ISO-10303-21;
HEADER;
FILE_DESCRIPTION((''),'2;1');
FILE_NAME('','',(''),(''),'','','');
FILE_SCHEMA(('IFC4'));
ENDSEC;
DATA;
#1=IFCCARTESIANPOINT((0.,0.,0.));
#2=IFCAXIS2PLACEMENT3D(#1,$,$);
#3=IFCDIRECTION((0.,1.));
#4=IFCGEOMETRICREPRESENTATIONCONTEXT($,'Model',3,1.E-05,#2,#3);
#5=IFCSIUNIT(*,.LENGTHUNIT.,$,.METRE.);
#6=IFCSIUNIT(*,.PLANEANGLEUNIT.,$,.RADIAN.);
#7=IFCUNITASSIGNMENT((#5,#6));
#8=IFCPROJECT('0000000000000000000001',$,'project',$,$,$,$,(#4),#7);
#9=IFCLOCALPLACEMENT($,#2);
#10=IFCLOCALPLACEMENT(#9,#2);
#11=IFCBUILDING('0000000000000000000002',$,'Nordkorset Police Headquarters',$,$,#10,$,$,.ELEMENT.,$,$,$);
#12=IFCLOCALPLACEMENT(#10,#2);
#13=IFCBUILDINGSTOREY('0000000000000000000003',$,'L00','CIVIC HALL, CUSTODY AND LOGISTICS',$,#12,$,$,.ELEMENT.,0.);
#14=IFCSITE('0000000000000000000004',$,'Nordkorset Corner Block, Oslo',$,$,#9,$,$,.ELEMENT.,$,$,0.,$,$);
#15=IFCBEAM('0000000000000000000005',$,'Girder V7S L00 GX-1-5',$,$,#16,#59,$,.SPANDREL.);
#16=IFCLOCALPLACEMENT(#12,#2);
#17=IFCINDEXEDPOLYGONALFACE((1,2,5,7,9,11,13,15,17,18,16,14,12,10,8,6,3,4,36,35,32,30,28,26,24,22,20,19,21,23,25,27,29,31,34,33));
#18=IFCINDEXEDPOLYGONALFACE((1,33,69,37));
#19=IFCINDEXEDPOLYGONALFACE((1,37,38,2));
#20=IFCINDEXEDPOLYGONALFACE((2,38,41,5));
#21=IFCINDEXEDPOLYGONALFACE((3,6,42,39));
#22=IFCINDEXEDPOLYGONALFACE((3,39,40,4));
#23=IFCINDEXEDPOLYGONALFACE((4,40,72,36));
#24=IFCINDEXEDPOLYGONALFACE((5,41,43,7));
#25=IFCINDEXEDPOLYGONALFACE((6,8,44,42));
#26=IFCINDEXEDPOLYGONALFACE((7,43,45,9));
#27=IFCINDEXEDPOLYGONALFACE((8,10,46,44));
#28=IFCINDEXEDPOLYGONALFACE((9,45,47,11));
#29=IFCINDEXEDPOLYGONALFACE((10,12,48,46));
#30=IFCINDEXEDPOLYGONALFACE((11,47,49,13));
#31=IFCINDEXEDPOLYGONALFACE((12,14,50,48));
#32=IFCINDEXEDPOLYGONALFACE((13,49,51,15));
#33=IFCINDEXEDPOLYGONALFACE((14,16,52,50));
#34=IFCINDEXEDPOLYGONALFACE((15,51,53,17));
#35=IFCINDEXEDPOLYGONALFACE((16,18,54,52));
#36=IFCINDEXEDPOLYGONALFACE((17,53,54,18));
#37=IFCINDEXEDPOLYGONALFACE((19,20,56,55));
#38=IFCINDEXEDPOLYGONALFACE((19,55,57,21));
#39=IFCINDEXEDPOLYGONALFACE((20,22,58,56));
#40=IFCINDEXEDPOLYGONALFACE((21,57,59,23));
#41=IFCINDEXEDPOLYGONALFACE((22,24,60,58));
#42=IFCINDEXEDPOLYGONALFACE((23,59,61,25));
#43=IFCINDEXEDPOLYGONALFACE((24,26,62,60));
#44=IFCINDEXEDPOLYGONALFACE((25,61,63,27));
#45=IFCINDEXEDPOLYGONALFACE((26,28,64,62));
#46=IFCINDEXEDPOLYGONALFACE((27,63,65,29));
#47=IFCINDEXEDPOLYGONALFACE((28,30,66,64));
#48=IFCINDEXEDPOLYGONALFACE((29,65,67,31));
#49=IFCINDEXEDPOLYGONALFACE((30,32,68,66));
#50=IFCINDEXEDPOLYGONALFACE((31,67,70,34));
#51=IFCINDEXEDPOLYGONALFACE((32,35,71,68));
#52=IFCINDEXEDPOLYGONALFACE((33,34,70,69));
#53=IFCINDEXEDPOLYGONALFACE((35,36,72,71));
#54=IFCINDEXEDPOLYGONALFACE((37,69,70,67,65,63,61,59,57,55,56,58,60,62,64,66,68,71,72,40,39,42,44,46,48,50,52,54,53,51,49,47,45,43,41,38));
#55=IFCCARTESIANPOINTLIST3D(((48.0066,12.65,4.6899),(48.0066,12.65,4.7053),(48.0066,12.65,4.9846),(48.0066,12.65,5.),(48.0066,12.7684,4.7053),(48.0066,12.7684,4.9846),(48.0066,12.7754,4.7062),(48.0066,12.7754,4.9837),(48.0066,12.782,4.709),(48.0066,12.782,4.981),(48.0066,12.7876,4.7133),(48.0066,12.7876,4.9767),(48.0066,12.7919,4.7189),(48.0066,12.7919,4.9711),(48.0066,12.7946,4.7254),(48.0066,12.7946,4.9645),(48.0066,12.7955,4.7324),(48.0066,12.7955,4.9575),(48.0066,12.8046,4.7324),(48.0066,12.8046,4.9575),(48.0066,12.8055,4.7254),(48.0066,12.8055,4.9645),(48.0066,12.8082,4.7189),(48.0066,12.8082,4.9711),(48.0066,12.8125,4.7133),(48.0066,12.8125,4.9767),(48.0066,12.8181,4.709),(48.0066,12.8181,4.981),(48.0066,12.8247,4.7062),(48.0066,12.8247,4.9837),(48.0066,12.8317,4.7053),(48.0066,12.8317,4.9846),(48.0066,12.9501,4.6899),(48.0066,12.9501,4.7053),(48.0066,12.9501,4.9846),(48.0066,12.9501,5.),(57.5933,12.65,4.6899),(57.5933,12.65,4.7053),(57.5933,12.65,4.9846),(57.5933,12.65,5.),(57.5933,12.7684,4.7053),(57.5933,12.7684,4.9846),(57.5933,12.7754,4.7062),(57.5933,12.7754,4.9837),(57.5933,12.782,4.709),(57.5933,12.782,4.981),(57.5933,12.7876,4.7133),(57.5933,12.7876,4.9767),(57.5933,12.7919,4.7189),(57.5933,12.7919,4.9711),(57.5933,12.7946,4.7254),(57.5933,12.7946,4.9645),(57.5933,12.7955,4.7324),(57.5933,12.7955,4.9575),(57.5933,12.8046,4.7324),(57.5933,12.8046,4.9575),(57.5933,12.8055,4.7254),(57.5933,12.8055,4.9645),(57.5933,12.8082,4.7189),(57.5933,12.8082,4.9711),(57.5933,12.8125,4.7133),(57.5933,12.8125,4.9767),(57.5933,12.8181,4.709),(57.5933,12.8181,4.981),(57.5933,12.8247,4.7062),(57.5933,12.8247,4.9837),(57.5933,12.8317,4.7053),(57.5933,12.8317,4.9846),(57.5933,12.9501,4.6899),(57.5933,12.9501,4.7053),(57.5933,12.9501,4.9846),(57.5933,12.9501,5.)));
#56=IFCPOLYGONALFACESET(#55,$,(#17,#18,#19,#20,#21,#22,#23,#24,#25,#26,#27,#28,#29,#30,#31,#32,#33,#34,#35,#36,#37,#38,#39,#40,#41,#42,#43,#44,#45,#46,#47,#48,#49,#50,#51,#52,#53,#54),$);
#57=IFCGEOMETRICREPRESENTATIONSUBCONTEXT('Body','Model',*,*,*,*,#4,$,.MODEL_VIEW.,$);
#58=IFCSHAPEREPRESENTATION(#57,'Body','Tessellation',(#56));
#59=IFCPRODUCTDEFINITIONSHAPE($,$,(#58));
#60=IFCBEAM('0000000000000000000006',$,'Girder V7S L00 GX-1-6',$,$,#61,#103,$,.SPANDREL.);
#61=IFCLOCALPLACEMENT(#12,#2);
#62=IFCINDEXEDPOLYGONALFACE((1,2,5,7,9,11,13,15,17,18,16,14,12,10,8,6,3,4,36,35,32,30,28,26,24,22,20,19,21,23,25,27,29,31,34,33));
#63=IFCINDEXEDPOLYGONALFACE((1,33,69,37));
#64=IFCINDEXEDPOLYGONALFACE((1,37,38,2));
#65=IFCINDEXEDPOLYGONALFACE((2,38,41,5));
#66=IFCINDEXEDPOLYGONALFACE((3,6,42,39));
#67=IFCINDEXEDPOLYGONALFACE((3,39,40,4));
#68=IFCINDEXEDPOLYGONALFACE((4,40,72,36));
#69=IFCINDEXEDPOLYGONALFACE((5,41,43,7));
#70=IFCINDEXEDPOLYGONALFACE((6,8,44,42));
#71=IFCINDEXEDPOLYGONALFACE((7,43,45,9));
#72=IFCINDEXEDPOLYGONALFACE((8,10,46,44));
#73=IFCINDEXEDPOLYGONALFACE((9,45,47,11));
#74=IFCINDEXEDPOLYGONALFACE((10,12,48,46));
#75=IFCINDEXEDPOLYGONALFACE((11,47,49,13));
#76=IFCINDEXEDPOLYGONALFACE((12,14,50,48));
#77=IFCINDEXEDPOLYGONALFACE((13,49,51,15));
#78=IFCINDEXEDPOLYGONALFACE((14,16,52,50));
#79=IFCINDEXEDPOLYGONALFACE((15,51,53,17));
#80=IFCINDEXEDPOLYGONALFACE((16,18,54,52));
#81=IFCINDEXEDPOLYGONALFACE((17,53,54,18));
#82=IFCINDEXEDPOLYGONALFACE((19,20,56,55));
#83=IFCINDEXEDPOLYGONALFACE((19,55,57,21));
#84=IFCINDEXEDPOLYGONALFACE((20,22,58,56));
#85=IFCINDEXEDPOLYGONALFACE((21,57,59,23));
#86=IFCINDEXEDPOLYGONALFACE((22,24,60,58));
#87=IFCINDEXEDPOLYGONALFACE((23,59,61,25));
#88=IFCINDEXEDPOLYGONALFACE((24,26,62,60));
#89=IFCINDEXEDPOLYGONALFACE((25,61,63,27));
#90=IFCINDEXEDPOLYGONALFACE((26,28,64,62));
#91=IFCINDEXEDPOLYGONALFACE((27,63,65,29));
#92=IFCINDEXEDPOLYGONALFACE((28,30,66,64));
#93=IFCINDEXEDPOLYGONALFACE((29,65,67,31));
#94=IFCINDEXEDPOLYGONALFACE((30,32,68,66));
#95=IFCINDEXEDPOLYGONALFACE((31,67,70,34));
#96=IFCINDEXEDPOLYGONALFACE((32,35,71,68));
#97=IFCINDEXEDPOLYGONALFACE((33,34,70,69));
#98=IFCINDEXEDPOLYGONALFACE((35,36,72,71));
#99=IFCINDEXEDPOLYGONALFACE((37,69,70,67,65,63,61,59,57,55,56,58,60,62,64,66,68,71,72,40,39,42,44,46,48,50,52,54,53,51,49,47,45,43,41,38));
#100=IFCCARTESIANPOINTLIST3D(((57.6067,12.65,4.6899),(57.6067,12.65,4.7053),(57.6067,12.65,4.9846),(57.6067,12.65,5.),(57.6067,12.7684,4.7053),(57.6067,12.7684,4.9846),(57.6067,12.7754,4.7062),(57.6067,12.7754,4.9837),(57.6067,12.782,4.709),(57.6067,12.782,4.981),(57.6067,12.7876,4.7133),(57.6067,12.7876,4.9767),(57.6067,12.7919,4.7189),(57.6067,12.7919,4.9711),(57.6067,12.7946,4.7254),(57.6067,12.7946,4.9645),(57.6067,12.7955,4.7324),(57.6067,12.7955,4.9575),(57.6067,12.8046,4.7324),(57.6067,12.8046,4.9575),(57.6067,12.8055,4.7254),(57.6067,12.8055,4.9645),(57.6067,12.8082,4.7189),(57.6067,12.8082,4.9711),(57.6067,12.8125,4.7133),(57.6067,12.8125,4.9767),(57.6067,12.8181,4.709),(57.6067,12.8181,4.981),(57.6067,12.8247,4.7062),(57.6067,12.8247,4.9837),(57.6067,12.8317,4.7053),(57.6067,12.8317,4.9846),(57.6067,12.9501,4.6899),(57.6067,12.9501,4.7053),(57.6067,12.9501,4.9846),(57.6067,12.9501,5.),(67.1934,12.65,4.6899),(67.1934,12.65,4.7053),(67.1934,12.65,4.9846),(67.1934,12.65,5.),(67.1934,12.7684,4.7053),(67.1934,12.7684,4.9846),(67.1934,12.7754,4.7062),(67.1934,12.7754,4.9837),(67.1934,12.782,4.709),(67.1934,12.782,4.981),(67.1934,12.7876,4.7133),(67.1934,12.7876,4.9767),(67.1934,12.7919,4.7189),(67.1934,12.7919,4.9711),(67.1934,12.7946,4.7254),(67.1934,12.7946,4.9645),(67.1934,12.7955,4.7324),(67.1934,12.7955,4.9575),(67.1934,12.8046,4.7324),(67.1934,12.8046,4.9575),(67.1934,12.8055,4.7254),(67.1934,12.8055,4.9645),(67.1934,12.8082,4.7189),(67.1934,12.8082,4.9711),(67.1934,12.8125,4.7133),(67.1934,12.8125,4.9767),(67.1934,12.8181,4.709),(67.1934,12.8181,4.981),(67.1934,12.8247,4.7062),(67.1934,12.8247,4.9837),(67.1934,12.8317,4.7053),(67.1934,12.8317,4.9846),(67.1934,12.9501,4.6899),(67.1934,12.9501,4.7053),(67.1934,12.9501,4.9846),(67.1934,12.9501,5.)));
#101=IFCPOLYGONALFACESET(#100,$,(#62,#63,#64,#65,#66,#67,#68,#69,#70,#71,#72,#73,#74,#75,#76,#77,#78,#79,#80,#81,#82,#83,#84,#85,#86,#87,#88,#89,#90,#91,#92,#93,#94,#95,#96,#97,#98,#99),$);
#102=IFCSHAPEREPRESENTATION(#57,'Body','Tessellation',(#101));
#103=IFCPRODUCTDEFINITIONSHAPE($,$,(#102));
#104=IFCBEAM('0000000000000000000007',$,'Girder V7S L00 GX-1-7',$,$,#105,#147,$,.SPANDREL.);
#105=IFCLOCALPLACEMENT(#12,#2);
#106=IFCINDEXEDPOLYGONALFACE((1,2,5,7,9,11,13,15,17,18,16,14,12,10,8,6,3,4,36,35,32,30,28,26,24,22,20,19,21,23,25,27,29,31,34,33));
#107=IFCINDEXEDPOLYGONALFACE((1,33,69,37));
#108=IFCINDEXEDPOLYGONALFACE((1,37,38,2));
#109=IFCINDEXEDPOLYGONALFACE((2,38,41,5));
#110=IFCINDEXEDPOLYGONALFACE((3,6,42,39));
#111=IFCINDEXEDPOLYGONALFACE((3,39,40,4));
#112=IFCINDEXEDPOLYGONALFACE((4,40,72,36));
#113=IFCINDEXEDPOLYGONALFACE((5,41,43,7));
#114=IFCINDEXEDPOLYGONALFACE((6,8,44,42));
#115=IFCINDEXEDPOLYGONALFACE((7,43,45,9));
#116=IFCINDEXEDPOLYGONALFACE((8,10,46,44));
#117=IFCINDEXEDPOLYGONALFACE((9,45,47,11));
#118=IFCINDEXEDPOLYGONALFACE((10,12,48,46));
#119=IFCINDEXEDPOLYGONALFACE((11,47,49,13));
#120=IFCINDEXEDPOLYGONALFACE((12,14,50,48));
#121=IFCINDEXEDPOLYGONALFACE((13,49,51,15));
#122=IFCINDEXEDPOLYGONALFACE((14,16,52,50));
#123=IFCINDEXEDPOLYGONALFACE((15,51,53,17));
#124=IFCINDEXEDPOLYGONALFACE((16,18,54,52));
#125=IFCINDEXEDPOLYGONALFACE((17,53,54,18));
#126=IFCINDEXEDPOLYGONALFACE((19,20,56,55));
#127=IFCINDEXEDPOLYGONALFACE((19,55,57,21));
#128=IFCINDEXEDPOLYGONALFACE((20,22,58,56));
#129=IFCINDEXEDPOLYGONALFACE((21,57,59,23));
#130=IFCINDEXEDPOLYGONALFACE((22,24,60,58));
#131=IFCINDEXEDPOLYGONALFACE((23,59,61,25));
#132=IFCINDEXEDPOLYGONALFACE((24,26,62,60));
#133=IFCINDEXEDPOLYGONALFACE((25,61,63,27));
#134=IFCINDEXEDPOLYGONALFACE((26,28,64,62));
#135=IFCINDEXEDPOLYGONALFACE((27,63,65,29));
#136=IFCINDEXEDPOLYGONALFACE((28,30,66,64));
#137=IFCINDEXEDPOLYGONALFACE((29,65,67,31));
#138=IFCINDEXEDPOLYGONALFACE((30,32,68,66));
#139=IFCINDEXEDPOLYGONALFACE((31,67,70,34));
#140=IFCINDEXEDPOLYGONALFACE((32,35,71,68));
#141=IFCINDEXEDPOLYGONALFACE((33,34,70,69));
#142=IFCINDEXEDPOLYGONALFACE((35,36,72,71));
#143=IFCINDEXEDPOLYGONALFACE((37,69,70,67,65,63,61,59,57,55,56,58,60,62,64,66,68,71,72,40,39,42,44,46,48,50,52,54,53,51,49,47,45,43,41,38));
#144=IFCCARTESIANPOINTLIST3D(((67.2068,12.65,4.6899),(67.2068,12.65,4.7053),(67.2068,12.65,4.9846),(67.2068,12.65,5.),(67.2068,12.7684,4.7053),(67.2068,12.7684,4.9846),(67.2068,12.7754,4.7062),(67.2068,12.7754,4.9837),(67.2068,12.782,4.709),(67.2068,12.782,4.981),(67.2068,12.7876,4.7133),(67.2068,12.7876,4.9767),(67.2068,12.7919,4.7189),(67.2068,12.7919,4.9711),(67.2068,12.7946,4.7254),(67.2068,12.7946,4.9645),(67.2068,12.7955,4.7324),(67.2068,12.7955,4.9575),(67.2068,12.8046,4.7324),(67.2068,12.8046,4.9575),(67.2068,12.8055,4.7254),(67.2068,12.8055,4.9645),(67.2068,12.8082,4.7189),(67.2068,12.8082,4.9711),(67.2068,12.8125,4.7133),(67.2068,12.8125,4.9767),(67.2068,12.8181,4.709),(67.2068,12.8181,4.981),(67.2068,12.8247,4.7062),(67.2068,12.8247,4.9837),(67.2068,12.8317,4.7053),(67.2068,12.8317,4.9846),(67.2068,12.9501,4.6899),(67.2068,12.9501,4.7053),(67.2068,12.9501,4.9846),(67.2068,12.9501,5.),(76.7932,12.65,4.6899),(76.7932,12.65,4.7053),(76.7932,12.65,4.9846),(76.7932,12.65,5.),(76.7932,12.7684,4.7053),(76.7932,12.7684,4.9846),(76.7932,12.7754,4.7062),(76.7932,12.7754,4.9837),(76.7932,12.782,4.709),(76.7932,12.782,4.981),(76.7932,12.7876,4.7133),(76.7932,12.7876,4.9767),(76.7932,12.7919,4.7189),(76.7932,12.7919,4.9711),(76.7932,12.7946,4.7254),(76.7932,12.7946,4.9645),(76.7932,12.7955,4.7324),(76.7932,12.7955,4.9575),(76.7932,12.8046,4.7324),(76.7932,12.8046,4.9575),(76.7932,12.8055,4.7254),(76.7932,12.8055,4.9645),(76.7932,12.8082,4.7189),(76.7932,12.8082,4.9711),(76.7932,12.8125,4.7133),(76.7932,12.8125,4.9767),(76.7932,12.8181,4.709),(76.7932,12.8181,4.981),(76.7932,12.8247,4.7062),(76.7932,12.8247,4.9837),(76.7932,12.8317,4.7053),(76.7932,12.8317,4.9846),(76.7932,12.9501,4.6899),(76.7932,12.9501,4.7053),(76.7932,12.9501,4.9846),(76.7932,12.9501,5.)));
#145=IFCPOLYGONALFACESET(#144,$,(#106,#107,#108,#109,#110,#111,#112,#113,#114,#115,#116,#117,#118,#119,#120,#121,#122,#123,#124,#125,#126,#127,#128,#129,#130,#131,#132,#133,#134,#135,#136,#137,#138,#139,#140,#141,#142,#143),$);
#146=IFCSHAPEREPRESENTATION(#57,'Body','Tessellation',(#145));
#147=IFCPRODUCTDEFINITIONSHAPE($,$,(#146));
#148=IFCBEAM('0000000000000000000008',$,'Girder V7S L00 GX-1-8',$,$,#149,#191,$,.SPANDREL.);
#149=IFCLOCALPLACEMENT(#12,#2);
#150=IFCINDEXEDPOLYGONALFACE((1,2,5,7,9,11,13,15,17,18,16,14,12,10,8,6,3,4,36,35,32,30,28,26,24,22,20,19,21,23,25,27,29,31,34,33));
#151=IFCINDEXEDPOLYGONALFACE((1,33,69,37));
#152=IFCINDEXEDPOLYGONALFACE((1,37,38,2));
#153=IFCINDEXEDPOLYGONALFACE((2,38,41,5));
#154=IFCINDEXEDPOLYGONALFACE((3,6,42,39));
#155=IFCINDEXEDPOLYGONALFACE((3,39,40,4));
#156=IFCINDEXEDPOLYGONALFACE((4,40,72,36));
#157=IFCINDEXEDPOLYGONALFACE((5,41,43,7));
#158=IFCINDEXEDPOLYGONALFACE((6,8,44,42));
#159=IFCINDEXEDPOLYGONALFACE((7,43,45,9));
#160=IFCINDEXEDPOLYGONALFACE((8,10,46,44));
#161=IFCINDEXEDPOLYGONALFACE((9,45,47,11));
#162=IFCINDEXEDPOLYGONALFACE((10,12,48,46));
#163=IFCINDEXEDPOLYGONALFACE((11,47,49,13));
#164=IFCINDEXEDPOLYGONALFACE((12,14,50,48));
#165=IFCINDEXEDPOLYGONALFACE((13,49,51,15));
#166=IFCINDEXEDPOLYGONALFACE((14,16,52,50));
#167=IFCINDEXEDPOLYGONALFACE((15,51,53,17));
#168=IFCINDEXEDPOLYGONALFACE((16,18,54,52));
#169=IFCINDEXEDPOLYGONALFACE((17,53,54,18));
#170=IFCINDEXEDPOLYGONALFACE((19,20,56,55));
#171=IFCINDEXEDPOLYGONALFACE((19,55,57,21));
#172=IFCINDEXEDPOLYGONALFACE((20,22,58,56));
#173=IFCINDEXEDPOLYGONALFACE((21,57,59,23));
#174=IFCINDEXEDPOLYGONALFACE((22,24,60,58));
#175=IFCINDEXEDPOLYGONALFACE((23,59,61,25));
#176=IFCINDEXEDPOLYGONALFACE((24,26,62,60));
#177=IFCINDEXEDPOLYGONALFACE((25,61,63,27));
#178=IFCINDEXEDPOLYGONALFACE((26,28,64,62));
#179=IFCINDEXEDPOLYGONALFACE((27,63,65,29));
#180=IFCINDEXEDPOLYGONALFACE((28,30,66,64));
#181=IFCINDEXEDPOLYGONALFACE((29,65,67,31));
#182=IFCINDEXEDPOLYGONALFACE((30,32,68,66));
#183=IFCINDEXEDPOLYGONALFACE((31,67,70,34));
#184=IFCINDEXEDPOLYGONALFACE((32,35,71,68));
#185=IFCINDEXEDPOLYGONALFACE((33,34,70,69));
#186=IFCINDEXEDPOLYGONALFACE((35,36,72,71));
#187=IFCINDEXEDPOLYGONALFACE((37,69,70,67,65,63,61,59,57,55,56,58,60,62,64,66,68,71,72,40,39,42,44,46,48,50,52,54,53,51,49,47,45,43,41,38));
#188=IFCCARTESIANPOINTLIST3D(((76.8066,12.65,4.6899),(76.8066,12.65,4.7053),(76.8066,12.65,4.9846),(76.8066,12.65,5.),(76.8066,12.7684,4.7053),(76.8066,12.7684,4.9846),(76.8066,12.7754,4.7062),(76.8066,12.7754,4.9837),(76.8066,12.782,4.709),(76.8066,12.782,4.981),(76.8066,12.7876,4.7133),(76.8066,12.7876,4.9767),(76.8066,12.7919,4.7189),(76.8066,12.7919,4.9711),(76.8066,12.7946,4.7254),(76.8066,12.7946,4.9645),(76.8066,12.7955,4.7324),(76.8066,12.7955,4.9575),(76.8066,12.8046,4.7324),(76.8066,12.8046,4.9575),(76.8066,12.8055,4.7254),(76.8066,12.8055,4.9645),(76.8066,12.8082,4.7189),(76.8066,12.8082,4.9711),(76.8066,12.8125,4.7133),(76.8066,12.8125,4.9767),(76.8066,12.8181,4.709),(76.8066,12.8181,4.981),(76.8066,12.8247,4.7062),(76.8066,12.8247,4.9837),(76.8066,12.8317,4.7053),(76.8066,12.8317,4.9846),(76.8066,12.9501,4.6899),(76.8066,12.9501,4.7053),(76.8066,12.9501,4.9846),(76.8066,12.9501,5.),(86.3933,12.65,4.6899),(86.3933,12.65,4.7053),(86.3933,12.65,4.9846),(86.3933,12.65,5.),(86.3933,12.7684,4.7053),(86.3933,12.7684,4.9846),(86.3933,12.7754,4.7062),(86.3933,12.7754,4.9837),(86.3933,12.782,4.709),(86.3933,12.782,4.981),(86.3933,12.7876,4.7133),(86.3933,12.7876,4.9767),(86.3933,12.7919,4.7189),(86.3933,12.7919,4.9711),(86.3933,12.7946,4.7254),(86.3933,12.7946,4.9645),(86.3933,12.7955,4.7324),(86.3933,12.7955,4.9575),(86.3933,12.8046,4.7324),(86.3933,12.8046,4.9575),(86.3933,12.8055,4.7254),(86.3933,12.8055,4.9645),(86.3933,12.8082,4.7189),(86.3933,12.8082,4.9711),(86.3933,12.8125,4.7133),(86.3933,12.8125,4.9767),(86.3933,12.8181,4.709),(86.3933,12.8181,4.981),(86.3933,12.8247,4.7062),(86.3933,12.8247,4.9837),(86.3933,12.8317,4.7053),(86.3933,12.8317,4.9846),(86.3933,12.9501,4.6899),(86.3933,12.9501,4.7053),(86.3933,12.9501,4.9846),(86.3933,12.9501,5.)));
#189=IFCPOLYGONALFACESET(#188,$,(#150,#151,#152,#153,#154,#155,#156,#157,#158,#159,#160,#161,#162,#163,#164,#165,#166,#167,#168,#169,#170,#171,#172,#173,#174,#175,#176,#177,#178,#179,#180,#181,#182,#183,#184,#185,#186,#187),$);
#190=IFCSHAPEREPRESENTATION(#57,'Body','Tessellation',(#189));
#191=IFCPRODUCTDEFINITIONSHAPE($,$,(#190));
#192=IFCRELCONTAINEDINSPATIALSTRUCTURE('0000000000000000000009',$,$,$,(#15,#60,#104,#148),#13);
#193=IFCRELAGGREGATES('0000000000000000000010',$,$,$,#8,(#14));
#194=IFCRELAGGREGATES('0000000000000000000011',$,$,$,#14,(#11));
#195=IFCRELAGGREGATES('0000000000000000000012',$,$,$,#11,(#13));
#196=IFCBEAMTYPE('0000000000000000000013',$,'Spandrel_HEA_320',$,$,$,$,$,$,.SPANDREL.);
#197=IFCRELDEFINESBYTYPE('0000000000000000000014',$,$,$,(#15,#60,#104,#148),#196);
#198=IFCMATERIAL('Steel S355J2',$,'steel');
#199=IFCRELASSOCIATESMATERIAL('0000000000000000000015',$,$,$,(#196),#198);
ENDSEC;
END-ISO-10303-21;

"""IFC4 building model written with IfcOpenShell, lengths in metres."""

from ifc_helpers import new_model, si_unit, direction, frame, origin, origin_2d, place, context, subcontext, project, spatial, i_section, extrude, material, material_profile, profile_set, type_object, element, save


model = new_model("IFC4")

# Units and contexts
model_context = context("Model", 3, precision=1e-05, world=origin(), true_north=direction((0.0, 1.0)))
body_context = subcontext(model_context, "Body", "Model", "MODEL_VIEW")
ifc_project = project(units=[si_unit("LENGTHUNIT", "METRE"), si_unit("PLANEANGLEUNIT", "RADIAN")], contexts=[model_context])

# Site, building, storey
site_placement = place(None, origin())
site = spatial("IfcSite", under=ifc_project, at=site_placement, Name="Nordkorset Corner Block, Oslo", CompositionType="ELEMENT", RefElevation=0.0)
building_placement = place(site_placement, origin())
building = spatial("IfcBuilding", under=site, at=building_placement, Name="Nordkorset Police Headquarters", CompositionType="ELEMENT")
storey_placement = place(building_placement, origin())
storey = spatial("IfcBuildingStorey", under=building, at=storey_placement, Name="L00", Description="CIVIC HALL, CUSTODY AND LOGISTICS", CompositionType="ELEMENT", Elevation=0.0)

# Beams
ifc_material_1 = material(Name="Steel S355J2", Category="steel")
ifc_material_profile_1 = material_profile(ifc_material_1, i_section(OverallWidth=0.3, OverallDepth=0.3101, WebThickness=0.009, FlangeThickness=0.0154, FilletRadius=0.0271, at=origin_2d()), Name="HEA 320")
ifc_profile_set_1 = profile_set([ifc_material_profile_1], Name="Steel S355J2")
beam_type = type_object("IfcBeamType", Name="Spandrel_HEA_320", PredefinedType="SPANDREL", material=ifc_profile_set_1)
for number, where, z_axis, x_axis, name in (
    (1, (48.0066, 12.8, 4.845), (1.0, 0.0, 0.0), (0.0, 1.0, 0.0), "Girder V7S L00 GX-1-5"),
    (2, (57.6067, 12.8, 4.845), (1.0, 0.0, 0.0), (0.0, 1.0, 0.0), "Girder V7S L00 GX-1-6"),
):
    element("IfcBeam", number, at=place(storey_placement, frame(where, z_axis=z_axis, x_axis=x_axis)), inside=storey, type_object=beam_type, Name=name, PredefinedType="SPANDREL", context=body_context, shape_type="SweptSolid", body=[
        extrude(i_section(OverallWidth=0.3, OverallDepth=0.3101, WebThickness=0.009, FlangeThickness=0.0154, FilletRadius=0.0271, at=origin_2d()), origin(), (0.0, 0.0, 1.0), 9.5867),
    ])
beam_1_placement = place(storey_placement, frame((67.2068, 12.8, 4.845), z_axis=(1.0, 0.0, 0.0), x_axis=(0.0, 1.0, 0.0)))
element("IfcBeam", 3, at=beam_1_placement, inside=storey, type_object=beam_type, Name="Girder V7S L00 GX-1-7", PredefinedType="SPANDREL", context=body_context, shape_type="SweptSolid", body=[
    extrude(i_section(OverallWidth=0.3, OverallDepth=0.3101, WebThickness=0.009, FlangeThickness=0.0154, FilletRadius=0.0271, at=origin_2d()), origin(), (0.0, 0.0, 1.0), 9.5864),
])
beam_2_placement = place(storey_placement, frame((76.8066, 12.8, 4.845), z_axis=(1.0, 0.0, 0.0), x_axis=(0.0, 1.0, 0.0)))
element("IfcBeam", 4, at=beam_2_placement, inside=storey, type_object=beam_type, Name="Girder V7S L00 GX-1-8", PredefinedType="SPANDREL", context=body_context, shape_type="SweptSolid", body=[
    extrude(i_section(OverallWidth=0.3, OverallDepth=0.3101, WebThickness=0.009, FlangeThickness=0.0154, FilletRadius=0.0271, at=origin_2d()), origin(), (0.0, 0.0, 1.0), 9.5867),
])

save(model, "model.ifc")
